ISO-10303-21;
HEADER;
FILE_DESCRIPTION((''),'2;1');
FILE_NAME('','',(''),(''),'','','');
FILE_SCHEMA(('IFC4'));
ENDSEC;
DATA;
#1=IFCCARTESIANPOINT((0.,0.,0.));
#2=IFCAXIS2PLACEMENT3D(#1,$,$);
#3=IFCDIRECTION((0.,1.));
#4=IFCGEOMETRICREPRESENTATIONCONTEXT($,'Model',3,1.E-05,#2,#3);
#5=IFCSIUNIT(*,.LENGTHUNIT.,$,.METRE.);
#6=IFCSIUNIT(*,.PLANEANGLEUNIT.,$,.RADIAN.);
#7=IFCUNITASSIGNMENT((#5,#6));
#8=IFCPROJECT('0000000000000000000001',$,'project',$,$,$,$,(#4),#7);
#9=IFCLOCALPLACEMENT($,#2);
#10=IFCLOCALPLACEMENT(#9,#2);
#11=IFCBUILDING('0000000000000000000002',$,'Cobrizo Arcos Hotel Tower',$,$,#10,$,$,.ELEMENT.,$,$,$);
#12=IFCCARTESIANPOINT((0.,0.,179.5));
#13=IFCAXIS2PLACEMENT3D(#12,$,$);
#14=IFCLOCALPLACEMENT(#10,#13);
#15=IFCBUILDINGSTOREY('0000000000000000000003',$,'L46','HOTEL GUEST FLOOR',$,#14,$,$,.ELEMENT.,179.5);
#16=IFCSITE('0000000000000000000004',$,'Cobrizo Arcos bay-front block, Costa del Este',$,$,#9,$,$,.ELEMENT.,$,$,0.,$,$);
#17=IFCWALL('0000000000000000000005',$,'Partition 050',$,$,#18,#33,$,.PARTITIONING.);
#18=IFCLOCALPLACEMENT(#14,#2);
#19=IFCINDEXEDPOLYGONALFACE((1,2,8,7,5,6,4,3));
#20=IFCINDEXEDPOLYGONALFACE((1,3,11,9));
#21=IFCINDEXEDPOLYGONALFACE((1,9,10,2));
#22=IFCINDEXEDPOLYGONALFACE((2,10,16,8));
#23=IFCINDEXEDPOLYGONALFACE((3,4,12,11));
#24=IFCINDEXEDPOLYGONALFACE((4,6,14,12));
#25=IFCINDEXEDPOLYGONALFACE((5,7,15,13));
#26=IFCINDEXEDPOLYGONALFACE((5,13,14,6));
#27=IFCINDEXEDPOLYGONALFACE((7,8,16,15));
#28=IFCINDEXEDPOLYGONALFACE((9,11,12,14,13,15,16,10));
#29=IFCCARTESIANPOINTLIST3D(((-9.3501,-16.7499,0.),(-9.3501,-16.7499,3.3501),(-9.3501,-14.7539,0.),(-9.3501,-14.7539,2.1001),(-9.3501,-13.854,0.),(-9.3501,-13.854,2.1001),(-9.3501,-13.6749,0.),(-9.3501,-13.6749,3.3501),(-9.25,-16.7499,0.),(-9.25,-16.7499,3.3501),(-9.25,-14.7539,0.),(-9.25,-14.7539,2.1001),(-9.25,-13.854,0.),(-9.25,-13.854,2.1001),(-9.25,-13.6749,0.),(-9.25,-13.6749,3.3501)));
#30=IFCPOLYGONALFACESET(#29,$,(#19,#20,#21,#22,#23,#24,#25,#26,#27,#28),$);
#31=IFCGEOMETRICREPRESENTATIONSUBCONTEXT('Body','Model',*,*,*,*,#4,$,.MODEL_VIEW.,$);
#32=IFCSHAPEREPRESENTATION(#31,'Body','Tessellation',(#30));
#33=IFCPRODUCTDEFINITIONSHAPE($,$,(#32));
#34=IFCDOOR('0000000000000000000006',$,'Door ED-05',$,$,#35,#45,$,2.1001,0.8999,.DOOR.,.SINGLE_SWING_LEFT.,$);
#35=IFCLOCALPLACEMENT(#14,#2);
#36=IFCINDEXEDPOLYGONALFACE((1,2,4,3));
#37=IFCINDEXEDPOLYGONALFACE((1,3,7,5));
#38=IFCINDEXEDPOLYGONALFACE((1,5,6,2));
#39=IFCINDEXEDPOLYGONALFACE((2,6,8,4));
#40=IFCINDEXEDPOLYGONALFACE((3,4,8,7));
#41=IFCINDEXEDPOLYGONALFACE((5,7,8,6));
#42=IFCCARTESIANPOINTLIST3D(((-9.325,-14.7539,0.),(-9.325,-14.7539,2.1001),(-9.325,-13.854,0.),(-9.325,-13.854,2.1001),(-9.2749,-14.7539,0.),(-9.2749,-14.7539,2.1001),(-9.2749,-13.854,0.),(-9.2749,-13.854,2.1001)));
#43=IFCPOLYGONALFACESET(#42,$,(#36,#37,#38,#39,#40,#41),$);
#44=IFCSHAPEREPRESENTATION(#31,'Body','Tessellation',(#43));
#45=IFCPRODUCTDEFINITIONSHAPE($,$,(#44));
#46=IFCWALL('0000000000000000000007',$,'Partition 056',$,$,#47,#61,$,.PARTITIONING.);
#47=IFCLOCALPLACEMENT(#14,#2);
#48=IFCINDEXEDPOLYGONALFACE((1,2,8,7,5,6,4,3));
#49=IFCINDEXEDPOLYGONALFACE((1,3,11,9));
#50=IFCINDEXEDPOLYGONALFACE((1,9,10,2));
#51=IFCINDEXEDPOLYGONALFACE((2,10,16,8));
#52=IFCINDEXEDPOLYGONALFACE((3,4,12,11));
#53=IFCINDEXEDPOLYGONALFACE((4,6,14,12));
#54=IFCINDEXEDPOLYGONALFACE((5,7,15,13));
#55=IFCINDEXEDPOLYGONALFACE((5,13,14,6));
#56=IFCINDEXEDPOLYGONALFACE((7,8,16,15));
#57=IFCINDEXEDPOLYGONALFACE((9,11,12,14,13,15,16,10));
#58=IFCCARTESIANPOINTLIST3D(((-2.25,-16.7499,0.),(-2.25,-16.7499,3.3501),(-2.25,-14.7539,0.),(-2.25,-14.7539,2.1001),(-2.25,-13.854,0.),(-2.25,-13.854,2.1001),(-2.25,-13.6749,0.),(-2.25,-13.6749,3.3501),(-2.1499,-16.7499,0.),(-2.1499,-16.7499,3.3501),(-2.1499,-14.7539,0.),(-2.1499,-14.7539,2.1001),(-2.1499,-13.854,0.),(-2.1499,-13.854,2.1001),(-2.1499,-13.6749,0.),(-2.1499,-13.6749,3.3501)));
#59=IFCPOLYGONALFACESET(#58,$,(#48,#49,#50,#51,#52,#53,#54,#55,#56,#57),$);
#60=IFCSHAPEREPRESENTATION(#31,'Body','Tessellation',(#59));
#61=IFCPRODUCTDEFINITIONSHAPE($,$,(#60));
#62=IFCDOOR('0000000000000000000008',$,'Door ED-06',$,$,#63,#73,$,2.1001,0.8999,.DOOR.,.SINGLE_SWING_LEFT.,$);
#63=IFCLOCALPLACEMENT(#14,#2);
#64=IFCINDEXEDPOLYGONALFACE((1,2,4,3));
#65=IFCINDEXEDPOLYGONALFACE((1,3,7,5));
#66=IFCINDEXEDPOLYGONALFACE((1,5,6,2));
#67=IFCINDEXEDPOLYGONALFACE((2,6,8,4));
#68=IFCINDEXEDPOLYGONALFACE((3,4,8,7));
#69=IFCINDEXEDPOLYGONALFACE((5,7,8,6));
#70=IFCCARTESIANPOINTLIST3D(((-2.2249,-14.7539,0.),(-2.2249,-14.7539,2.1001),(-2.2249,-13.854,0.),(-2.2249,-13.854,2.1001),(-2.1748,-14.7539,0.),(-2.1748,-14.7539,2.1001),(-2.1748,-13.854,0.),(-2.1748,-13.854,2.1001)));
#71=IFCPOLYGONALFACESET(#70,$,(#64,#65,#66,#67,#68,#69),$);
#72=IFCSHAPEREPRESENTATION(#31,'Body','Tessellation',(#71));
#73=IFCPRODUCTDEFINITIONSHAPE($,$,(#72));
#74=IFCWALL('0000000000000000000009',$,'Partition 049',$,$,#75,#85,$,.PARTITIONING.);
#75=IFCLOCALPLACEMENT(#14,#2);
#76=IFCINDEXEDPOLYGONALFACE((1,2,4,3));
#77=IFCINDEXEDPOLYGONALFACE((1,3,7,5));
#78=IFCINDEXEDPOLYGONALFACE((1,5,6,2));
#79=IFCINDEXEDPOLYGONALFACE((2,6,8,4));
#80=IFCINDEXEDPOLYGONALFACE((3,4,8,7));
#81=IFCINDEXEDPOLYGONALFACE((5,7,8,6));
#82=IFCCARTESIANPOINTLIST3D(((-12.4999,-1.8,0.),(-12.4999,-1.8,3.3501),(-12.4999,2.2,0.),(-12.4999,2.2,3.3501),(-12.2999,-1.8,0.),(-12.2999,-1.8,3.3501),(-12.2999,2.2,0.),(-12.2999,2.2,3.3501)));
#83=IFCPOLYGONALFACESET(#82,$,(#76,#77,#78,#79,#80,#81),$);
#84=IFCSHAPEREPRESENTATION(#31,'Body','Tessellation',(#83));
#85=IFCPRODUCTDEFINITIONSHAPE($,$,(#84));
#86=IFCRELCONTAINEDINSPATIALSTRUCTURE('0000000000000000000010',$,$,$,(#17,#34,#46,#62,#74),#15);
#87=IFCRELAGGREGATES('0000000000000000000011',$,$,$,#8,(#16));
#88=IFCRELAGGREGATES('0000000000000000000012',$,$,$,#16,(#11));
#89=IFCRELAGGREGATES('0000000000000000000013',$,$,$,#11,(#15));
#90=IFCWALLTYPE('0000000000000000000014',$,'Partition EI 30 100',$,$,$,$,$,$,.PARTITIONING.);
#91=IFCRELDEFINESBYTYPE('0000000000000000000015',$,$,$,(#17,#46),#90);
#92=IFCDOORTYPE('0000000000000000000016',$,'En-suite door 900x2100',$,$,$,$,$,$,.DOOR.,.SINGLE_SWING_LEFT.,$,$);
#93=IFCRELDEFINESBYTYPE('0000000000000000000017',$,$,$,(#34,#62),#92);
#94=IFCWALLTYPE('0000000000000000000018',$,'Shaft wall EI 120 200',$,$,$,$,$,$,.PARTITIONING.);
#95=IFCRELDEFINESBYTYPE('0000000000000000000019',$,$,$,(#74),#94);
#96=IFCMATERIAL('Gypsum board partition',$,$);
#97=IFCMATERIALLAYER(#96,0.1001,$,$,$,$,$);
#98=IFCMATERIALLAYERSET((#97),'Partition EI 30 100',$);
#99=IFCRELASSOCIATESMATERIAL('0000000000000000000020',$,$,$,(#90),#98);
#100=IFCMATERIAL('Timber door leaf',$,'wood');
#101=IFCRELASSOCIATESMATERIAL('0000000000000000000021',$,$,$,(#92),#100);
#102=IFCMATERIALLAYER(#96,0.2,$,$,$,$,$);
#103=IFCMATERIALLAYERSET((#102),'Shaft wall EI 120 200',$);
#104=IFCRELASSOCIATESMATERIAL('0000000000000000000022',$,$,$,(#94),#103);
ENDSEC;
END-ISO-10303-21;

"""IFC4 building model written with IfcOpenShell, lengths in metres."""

from ifc_helpers import new_model, si_unit, direction, frame, frame_2d, origin, place, context, subcontext, project, spatial, rectangle, extrude, material, layer, layer_set, type_object, element, fill, save


model = new_model("IFC4")

# Units and contexts
model_context = context("Model", 3, precision=1e-05, world=origin(), true_north=direction((0.0, 1.0)))
body_context = subcontext(model_context, "Body", "Model", "MODEL_VIEW")
ifc_project = project(units=[si_unit("LENGTHUNIT", "METRE"), si_unit("PLANEANGLEUNIT", "RADIAN")], contexts=[model_context])

# Site, building, storey
site_placement = place(None, origin())
site = spatial("IfcSite", under=ifc_project, at=site_placement, Name="Cobrizo Arcos bay-front block, Costa del Este", CompositionType="ELEMENT", RefElevation=0.0)
building_placement = place(site_placement, origin())
building = spatial("IfcBuilding", under=site, at=building_placement, Name="Cobrizo Arcos Hotel Tower", CompositionType="ELEMENT")
storey_placement = place(building_placement, frame((0.0, 0.0, 179.5)))
storey = spatial("IfcBuildingStorey", under=building, at=storey_placement, Name="L46", Description="HOTEL GUEST FLOOR", CompositionType="ELEMENT", Elevation=179.5)

# Shared definitions
ifc_material_1 = material(Name="Gypsum board partition")
ifc_layer_1 = layer(ifc_material_1, 0.1001)
ifc_layer_set_1 = layer_set([ifc_layer_1], Name="Partition EI 30 100")
wall_type_1 = type_object("IfcWallType", Name="Partition EI 30 100", PredefinedType="PARTITIONING", material=ifc_layer_set_1)

# Walls, openings, doors
wall_1_placement = place(storey_placement, frame((-9.3, -16.75, 0.0), z_axis=(0.0, 0.0, 1.0), x_axis=(0.0, 1.0, 0.0)))
wall_1 = element("IfcWall", 1, at=wall_1_placement, inside=storey, type_object=wall_type_1, Name="Partition 050", PredefinedType="PARTITIONING", context=body_context, shape_type="SweptSolid", body=[
    extrude(rectangle(XDim=3.075, YDim=0.1001, at=frame_2d((1.5376, 0.0))), origin(), (0.0, 0.0, 1.0), 3.3501),
])
opening_1_placement = place(wall_1_placement, frame((1.9961, 0.0, 0.0)))
opening_1 = element("IfcOpeningElement", 2, at=opening_1_placement, cuts=wall_1, PredefinedType="OPENING", context=body_context, shape_type="SweptSolid", body=[
    extrude(rectangle(XDim=0.8999, YDim=2.1001, at=frame_2d((0.45, 1.05))), frame((0.0, 0.062, 0.0), z_axis=(0.0, -1.0, 0.0), x_axis=(1.0, 0.0, 0.0)), (0.0, 0.0, 1.0), 0.124),
])
ifc_material_2 = material(Name="Timber door leaf", Category="wood")
door_type = type_object("IfcDoorType", Name="En-suite door 900x2100", OperationType="SINGLE_SWING_LEFT", PredefinedType="DOOR", material=ifc_material_2)
door_1_placement = place(opening_1_placement, origin())
door_1 = element("IfcDoor", 3, at=door_1_placement, inside=storey, type_object=door_type, Name="Door ED-05", OperationType="SINGLE_SWING_LEFT", OverallHeight=2.1001, OverallWidth=0.8999, PredefinedType="DOOR", context=body_context, shape_type="SweptSolid", body=[
    extrude(rectangle(XDim=0.8999, YDim=2.1001, at=frame_2d((0.45, 1.05))), frame((0.0, 0.0249, 0.0), z_axis=(0.0, -1.0, 0.0), x_axis=(1.0, 0.0, 0.0)), (0.0, 0.0, 1.0), 0.05),
])
fill(opening_1, door_1)
wall_2_placement = place(storey_placement, frame((-2.2, -16.75, 0.0), z_axis=(0.0, 0.0, 1.0), x_axis=(0.0, 1.0, 0.0)))
wall_2 = element("IfcWall", 4, at=wall_2_placement, inside=storey, type_object=wall_type_1, Name="Partition 056", PredefinedType="PARTITIONING", context=body_context, shape_type="SweptSolid", body=[
    extrude(rectangle(XDim=3.075, YDim=0.1001, at=frame_2d((1.5376, 0.0))), origin(), (0.0, 0.0, 1.0), 3.3501),
])
opening_2_placement = place(wall_2_placement, frame((1.9961, 0.0, 0.0)))
opening_2 = element("IfcOpeningElement", 5, at=opening_2_placement, cuts=wall_2, PredefinedType="OPENING", context=body_context, shape_type="SweptSolid", body=[
    extrude(rectangle(XDim=0.8999, YDim=2.1001, at=frame_2d((0.45, 1.05))), frame((0.0, 0.062, 0.0), z_axis=(0.0, -1.0, 0.0), x_axis=(1.0, 0.0, 0.0)), (0.0, 0.0, 1.0), 0.124),
])
door_2_placement = place(opening_2_placement, origin())
door_2 = element("IfcDoor", 6, at=door_2_placement, inside=storey, type_object=door_type, Name="Door ED-06", OperationType="SINGLE_SWING_LEFT", OverallHeight=2.1001, OverallWidth=0.8999, PredefinedType="DOOR", context=body_context, shape_type="SweptSolid", body=[
    extrude(rectangle(XDim=0.8999, YDim=2.1001, at=frame_2d((0.45, 1.05))), frame((0.0, 0.0249, 0.0), z_axis=(0.0, -1.0, 0.0), x_axis=(1.0, 0.0, 0.0)), (0.0, 0.0, 1.0), 0.05),
])
fill(opening_2, door_2)

# Wall
ifc_layer_2 = layer(ifc_material_1, 0.2)
ifc_layer_set_2 = layer_set([ifc_layer_2], Name="Shaft wall EI 120 200")
wall_type_2 = type_object("IfcWallType", Name="Shaft wall EI 120 200", PredefinedType="PARTITIONING", material=ifc_layer_set_2)
wall_3_placement = place(storey_placement, frame((-12.3999, -1.8, 0.0), z_axis=(0.0, 0.0, 1.0), x_axis=(0.0, 1.0, 0.0)))
element("IfcWall", 7, at=wall_3_placement, inside=storey, type_object=wall_type_2, Name="Partition 049", PredefinedType="PARTITIONING", context=body_context, shape_type="SweptSolid", body=[
    extrude(rectangle(XDim=4.0, YDim=0.2, at=frame_2d((2.0, 0.0))), origin(), (0.0, 0.0, 1.0), 3.3501),
])

save(model, "model.ifc")
